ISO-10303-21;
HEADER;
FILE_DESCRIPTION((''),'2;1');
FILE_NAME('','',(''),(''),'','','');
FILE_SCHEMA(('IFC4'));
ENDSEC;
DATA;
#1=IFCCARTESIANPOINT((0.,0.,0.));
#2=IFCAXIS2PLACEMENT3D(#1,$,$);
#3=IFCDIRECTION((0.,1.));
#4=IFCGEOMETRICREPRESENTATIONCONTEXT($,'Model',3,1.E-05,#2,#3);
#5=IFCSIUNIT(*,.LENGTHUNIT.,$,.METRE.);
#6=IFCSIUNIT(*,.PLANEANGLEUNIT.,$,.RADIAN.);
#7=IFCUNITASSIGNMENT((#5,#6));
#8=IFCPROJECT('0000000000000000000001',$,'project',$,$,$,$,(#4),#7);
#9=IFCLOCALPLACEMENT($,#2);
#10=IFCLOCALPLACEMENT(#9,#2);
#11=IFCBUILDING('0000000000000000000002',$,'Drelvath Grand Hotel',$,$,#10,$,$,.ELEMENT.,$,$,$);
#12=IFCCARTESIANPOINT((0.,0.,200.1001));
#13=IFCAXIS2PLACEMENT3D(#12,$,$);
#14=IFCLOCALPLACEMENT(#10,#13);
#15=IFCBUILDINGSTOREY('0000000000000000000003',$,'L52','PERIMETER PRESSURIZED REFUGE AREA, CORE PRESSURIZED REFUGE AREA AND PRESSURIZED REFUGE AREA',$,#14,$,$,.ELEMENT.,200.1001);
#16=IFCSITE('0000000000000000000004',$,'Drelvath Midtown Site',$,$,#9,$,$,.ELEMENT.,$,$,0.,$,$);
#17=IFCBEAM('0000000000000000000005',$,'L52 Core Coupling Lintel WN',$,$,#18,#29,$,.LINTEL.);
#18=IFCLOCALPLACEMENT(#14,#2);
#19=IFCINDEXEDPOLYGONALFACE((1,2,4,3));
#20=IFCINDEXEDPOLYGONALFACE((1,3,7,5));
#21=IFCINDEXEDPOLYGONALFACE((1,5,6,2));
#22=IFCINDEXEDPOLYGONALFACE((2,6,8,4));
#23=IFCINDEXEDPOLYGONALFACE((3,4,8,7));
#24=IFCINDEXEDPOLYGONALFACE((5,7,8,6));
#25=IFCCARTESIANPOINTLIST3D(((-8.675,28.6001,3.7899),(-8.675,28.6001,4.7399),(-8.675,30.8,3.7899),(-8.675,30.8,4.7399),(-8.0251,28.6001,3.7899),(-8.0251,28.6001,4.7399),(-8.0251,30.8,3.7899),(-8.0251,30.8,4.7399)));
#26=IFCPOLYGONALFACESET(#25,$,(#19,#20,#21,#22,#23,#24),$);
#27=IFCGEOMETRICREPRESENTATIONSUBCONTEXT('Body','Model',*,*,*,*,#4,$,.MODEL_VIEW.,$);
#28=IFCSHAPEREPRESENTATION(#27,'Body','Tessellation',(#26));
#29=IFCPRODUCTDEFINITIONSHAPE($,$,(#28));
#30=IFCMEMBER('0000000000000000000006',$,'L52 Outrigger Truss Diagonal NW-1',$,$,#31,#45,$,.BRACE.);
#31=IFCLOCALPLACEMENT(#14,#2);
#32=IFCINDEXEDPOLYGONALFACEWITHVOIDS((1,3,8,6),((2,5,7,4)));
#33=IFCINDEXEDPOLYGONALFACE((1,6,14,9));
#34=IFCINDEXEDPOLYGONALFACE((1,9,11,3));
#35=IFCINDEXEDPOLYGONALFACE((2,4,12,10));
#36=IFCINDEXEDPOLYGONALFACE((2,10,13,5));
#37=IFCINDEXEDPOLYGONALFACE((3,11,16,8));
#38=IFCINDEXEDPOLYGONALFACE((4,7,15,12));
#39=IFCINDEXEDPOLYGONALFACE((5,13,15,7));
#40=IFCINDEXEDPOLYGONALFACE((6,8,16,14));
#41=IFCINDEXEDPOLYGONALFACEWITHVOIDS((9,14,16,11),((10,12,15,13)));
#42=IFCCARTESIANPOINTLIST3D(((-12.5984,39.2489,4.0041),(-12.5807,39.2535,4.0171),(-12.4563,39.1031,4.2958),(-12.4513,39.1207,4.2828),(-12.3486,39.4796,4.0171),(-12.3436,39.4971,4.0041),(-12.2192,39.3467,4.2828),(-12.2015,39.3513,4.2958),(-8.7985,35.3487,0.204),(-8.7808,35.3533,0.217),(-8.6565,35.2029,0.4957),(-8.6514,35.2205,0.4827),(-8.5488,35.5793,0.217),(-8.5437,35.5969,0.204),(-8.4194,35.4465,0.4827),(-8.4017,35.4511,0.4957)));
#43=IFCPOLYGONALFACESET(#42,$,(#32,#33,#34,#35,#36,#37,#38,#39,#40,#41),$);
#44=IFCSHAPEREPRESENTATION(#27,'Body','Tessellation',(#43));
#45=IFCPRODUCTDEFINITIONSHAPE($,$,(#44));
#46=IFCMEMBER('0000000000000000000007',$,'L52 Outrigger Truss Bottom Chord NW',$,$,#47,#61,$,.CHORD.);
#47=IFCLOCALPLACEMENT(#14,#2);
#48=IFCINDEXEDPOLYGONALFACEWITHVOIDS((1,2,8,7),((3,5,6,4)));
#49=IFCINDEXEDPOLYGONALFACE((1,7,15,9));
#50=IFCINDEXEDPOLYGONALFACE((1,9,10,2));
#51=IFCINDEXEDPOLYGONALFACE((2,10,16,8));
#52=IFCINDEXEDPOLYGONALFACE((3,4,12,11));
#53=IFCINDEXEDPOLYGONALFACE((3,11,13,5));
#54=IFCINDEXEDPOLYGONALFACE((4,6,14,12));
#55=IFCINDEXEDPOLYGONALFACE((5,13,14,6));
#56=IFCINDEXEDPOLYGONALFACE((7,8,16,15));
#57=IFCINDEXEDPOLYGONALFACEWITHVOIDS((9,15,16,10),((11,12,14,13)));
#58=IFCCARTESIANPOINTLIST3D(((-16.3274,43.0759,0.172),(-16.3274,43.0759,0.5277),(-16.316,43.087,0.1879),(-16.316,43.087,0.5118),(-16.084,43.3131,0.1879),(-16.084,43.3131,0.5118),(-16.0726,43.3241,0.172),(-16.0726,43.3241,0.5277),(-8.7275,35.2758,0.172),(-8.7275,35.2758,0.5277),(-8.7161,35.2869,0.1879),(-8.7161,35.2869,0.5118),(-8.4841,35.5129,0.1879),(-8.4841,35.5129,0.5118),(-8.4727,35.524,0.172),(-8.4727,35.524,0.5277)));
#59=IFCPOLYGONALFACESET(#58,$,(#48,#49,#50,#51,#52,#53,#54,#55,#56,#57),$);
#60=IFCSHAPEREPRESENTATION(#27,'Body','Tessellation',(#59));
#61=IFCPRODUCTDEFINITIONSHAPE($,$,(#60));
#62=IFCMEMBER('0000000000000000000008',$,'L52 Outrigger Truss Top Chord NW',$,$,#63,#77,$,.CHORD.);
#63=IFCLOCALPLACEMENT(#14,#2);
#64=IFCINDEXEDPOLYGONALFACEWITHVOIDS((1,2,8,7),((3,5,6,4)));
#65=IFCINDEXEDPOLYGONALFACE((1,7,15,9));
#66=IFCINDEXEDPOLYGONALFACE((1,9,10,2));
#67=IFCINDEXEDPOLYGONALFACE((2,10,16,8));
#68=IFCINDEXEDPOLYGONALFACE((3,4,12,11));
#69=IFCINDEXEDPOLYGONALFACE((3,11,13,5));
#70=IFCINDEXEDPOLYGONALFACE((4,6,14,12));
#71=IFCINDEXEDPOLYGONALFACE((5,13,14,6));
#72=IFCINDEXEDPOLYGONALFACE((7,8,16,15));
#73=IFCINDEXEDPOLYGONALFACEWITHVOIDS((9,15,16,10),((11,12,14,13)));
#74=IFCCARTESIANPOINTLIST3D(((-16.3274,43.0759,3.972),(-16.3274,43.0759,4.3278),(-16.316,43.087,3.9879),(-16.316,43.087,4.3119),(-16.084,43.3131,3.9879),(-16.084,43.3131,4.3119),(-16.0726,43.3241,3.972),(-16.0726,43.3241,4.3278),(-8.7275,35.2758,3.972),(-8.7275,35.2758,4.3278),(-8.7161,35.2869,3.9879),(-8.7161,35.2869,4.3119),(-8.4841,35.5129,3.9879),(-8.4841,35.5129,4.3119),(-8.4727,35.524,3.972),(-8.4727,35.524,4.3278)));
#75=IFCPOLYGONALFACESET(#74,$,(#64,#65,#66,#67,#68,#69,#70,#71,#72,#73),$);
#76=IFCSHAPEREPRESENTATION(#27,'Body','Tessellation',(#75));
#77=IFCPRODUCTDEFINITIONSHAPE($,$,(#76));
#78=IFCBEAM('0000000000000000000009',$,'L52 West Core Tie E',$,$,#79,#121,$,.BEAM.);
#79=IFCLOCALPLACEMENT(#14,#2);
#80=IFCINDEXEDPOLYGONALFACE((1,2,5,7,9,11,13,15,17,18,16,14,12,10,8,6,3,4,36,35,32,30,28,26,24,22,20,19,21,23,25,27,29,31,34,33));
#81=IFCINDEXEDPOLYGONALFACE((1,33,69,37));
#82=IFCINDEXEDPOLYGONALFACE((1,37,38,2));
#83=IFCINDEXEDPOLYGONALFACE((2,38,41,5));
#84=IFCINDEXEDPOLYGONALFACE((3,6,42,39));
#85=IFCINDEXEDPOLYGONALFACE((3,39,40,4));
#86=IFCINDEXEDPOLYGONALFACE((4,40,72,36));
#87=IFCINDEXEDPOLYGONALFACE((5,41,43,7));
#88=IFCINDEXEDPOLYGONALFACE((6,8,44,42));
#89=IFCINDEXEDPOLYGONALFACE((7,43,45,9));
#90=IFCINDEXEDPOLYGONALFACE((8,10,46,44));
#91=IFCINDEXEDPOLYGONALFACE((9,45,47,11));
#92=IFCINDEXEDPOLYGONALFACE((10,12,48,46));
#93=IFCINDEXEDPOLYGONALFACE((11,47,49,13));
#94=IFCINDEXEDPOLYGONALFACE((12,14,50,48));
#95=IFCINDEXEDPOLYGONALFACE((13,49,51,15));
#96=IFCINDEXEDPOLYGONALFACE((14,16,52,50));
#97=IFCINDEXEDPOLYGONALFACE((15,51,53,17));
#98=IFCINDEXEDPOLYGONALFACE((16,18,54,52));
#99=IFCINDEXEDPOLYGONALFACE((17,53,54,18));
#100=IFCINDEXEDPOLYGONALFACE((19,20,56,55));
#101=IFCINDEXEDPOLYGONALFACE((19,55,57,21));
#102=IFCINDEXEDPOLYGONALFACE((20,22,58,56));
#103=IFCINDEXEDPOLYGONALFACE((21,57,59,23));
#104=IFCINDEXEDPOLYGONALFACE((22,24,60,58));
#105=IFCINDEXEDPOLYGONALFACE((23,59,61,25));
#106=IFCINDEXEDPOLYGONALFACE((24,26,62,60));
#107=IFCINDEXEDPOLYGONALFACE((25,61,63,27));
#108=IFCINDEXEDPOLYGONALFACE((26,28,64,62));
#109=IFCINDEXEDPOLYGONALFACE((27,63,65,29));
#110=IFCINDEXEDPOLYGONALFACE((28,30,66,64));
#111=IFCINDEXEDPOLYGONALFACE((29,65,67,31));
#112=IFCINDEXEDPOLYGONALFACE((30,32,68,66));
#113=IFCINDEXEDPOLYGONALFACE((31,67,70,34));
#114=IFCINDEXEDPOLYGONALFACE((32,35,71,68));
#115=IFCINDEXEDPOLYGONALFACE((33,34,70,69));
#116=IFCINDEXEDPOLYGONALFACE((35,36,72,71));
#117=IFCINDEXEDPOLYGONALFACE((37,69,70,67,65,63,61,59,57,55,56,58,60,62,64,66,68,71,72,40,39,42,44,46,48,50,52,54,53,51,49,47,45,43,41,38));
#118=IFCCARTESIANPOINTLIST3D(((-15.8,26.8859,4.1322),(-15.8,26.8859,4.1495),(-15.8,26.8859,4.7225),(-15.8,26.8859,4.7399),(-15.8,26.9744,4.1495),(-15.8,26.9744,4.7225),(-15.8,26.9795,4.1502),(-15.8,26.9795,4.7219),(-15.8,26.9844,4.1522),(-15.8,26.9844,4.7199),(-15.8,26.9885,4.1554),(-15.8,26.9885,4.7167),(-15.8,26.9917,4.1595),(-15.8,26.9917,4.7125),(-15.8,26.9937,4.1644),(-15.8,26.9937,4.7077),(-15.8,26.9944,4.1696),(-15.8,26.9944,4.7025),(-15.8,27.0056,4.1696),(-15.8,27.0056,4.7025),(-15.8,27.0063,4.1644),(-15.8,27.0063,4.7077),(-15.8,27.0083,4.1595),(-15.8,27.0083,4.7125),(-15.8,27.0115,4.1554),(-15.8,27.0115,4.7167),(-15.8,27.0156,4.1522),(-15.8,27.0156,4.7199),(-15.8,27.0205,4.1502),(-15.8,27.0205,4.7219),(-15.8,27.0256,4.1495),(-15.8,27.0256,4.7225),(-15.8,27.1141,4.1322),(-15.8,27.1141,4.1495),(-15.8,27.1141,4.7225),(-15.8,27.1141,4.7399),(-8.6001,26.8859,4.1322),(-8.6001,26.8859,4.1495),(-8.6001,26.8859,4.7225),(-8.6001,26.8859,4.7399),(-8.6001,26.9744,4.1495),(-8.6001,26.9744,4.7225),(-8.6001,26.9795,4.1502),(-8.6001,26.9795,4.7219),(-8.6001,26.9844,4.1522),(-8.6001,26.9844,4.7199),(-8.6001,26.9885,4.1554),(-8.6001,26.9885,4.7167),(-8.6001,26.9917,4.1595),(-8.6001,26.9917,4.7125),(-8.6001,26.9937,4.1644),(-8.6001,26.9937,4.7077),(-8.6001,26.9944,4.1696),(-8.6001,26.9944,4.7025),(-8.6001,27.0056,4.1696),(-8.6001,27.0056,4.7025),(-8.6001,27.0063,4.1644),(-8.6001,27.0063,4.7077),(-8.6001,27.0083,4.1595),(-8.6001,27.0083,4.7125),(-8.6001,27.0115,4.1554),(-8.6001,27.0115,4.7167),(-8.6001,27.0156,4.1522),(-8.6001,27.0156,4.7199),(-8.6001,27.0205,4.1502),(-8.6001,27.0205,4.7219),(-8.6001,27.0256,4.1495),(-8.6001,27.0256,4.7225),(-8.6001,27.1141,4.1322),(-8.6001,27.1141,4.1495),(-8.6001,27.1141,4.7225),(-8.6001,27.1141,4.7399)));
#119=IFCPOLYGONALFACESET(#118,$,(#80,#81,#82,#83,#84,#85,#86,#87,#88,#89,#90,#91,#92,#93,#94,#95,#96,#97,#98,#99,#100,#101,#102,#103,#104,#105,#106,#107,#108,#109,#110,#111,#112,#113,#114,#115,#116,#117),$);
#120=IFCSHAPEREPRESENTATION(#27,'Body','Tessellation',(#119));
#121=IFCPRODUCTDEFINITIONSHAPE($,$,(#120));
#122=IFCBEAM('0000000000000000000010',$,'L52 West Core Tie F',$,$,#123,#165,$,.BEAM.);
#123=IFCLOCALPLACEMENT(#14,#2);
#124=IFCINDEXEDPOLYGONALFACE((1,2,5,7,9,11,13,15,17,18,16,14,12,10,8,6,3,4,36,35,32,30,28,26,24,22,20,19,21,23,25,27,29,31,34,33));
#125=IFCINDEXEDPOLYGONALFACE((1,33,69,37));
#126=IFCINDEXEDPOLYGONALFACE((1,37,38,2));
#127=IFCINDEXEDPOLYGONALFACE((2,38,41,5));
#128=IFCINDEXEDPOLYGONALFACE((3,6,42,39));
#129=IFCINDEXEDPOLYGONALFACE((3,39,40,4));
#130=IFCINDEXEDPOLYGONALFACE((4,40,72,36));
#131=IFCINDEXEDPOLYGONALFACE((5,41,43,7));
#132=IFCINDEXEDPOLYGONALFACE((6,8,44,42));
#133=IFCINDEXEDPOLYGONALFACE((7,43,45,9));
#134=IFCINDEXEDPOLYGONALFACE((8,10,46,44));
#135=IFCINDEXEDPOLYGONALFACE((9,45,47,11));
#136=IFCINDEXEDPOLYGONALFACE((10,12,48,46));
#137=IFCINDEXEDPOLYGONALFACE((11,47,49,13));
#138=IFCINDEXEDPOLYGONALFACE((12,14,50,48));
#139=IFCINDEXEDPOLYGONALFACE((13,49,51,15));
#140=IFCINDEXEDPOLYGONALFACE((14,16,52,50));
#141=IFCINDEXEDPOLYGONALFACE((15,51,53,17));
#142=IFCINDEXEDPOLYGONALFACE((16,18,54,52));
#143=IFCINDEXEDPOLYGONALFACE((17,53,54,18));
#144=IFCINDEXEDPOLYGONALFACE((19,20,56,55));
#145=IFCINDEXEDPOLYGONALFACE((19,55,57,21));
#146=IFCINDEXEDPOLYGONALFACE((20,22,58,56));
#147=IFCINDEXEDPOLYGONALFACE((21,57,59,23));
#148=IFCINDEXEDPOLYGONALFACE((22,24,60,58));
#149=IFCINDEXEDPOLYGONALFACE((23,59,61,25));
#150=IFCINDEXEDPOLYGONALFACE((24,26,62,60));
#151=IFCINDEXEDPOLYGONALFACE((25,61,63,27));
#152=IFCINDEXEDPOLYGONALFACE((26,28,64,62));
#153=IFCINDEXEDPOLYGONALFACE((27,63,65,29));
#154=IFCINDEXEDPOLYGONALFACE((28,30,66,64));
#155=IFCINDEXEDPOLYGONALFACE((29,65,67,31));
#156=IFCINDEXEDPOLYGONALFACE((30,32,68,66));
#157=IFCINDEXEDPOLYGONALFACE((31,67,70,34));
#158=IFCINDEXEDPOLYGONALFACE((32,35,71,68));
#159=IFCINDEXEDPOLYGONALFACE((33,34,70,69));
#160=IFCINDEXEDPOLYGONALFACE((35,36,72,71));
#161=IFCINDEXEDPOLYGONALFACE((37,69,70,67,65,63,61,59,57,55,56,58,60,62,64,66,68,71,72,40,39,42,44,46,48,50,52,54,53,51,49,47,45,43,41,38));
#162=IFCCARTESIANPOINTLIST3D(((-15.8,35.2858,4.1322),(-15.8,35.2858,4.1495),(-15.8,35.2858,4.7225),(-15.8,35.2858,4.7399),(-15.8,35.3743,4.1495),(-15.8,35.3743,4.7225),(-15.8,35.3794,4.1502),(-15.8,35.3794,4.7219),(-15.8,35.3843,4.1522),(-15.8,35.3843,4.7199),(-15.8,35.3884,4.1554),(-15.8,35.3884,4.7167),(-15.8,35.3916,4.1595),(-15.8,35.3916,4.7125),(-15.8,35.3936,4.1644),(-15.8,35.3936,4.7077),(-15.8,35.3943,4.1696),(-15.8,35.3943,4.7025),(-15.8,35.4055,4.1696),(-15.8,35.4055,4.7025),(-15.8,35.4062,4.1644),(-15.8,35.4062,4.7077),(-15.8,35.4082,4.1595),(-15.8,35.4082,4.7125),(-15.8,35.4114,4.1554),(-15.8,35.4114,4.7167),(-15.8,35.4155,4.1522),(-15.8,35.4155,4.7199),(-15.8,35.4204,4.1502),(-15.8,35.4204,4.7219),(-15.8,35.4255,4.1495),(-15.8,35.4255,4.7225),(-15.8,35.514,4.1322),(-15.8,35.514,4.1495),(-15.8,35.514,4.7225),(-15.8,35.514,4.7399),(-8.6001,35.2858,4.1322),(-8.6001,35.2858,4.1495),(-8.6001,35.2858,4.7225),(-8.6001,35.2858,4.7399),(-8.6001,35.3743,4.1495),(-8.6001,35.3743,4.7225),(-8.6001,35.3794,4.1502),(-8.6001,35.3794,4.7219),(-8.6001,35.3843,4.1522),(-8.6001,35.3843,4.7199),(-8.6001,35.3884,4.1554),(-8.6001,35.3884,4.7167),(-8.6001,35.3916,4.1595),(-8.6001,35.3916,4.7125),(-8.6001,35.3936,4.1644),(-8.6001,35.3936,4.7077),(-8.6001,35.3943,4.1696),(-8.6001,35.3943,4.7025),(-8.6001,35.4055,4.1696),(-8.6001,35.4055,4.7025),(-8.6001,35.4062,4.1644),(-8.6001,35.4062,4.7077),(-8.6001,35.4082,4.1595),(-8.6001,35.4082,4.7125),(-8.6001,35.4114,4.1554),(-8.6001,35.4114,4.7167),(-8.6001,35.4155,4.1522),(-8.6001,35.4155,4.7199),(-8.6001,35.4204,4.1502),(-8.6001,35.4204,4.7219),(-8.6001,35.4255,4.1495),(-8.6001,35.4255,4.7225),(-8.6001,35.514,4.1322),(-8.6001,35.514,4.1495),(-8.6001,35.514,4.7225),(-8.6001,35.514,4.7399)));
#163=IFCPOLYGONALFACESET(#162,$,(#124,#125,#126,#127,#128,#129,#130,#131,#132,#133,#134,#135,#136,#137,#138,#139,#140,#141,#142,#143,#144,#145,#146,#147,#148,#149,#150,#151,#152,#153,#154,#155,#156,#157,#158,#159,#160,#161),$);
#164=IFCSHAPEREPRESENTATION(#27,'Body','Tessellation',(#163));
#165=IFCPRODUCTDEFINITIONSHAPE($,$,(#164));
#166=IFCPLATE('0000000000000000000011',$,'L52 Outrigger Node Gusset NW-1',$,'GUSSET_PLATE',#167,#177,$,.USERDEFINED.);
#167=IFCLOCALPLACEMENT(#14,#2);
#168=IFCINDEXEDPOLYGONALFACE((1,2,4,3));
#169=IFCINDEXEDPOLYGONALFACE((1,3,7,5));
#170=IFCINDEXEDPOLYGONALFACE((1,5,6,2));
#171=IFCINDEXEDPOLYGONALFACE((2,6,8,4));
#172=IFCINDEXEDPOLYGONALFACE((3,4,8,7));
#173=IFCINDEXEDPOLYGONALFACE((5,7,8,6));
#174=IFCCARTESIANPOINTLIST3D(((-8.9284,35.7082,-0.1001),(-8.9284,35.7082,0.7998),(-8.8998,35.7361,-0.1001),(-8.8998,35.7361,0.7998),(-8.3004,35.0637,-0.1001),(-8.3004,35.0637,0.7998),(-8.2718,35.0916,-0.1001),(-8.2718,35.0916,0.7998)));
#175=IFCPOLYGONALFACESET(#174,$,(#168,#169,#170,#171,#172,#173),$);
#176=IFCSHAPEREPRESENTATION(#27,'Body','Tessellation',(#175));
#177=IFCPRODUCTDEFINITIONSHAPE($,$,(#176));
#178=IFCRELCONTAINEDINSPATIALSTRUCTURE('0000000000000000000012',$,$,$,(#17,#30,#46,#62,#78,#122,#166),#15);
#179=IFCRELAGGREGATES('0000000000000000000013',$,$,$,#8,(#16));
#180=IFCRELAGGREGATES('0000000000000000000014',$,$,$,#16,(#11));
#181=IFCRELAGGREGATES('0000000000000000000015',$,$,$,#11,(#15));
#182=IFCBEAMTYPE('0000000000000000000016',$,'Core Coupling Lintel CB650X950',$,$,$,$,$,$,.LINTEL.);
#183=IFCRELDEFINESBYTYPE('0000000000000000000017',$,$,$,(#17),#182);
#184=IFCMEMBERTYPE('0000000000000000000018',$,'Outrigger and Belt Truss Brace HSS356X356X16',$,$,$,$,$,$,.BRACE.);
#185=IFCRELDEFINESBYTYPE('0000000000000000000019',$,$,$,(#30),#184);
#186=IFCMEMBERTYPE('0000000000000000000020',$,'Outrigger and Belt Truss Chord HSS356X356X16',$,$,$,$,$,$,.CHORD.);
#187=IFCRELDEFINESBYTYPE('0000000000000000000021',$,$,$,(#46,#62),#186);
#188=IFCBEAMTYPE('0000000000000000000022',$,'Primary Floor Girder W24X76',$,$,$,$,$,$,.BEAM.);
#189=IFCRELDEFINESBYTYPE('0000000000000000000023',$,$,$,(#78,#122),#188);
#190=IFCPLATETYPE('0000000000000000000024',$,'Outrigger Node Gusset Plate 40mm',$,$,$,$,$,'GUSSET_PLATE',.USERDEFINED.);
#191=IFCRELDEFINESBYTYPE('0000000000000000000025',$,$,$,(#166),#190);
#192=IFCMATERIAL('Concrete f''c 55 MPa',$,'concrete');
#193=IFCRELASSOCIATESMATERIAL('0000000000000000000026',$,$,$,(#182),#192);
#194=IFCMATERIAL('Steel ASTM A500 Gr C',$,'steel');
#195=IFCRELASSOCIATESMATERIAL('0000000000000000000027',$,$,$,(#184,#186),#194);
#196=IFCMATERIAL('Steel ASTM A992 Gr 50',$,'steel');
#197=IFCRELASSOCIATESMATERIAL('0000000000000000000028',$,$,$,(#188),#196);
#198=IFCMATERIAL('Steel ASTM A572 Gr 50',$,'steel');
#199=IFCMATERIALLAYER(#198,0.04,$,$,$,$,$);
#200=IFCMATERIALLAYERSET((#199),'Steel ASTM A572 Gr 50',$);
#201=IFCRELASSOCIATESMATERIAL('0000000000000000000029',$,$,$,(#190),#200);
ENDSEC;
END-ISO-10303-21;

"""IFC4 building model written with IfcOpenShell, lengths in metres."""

from ifc_helpers import new_model, si_unit, direction, frame, origin, origin_2d, place, context, subcontext, project, spatial, rectangle, hollow_rectangle, i_section, extrude, material, layer, layer_set, material_profile, profile_set, type_object, element, save


model = new_model("IFC4")

# Units and contexts
model_context = context("Model", 3, precision=1e-05, world=origin(), true_north=direction((0.0, 1.0)))
body_context = subcontext(model_context, "Body", "Model", "MODEL_VIEW")
ifc_project = project(units=[si_unit("LENGTHUNIT", "METRE"), si_unit("PLANEANGLEUNIT", "RADIAN")], contexts=[model_context])

# Site, building, storey
site_placement = place(None, origin())
site = spatial("IfcSite", under=ifc_project, at=site_placement, Name="Drelvath Midtown Site", CompositionType="ELEMENT", RefElevation=0.0)
building_placement = place(site_placement, origin())
building = spatial("IfcBuilding", under=site, at=building_placement, Name="Drelvath Grand Hotel", CompositionType="ELEMENT")
storey_placement = place(building_placement, frame((0.0, 0.0, 200.1001)))
storey = spatial("IfcBuildingStorey", under=building, at=storey_placement, Name="L52", Description="PERIMETER PRESSURIZED REFUGE AREA, CORE PRESSURIZED REFUGE AREA AND PRESSURIZED REFUGE AREA", CompositionType="ELEMENT", Elevation=200.1001)

# Beam
ifc_material_1 = material(Name="Concrete f'c 55 MPa", Category="concrete")
ifc_material_profile_1 = material_profile(ifc_material_1, rectangle(XDim=0.6499, YDim=0.95, at=origin_2d()), Name="CB650X950")
ifc_profile_set_1 = profile_set([ifc_material_profile_1], Name="Concrete f'c 55 MPa")
beam_type_1 = type_object("IfcBeamType", Name="Core Coupling Lintel CB650X950", PredefinedType="LINTEL", material=ifc_profile_set_1)
beam_placement = place(storey_placement, frame((-8.3501, 28.6001, 4.2649), z_axis=(0.0, 1.0, 0.0), x_axis=(-1.0, 0.0, 0.0)))
element("IfcBeam", 1, at=beam_placement, inside=storey, type_object=beam_type_1, Name="L52 Core Coupling Lintel WN", PredefinedType="LINTEL", context=body_context, shape_type="SweptSolid", body=[
    extrude(rectangle(XDim=0.6499, YDim=0.95, at=origin_2d()), origin(), (0.0, 0.0, 1.0), 2.2),
])

# Members
ifc_material_2 = material(Name="Steel ASTM A500 Gr C", Category="steel")
ifc_material_profile_2 = material_profile(ifc_material_2, hollow_rectangle(XDim=0.3557, YDim=0.3557, WallThickness=0.0159, at=origin_2d()), Name="HSS356X356X16")
ifc_profile_set_2 = profile_set([ifc_material_profile_2], Name="Steel ASTM A500 Gr C")
member_type_1 = type_object("IfcMemberType", Name="Outrigger and Belt Truss Brace HSS356X356X16", PredefinedType="BRACE", material=ifc_profile_set_2)
member_placement = place(storey_placement, frame((-8.6001, 35.3999, 0.3499), z_axis=(-0.572257, 0.587369, 0.572294), x_axis=(-0.716261, -0.697833, 0.0)))
element("IfcMember", 2, at=member_placement, inside=storey, type_object=member_type_1, Name="L52 Outrigger Truss Diagonal NW-1", PredefinedType="BRACE", context=body_context, shape_type="SweptSolid", body=[
    extrude(hollow_rectangle(XDim=0.3557, YDim=0.3557, WallThickness=0.0159, at=origin_2d()), origin(), (0.0, 0.0, 1.0), 6.6401),
])
ifc_material_profile_3 = material_profile(ifc_material_2, hollow_rectangle(XDim=0.3557, YDim=0.3557, WallThickness=0.0159, at=origin_2d()), Name="HSS356X356X16")
ifc_profile_set_3 = profile_set([ifc_material_profile_3], Name="Steel ASTM A500 Gr C")
member_type_2 = type_object("IfcMemberType", Name="Outrigger and Belt Truss Chord HSS356X356X16", PredefinedType="CHORD", material=ifc_profile_set_3)
for number, where, z_axis, x_axis, name in (
    (3, (-8.6001, 35.3999, 0.3499), (-0.697856, 0.716238, 0.0), (-0.716238, -0.697856, 0.0), "L52 Outrigger Truss Bottom Chord NW"),
    (4, (-8.6001, 35.3999, 4.1499), (-0.697856, 0.716238, 0.0), (-0.716238, -0.697856, 0.0), "L52 Outrigger Truss Top Chord NW"),
):
    element("IfcMember", number, at=place(storey_placement, frame(where, z_axis=z_axis, x_axis=x_axis)), inside=storey, type_object=member_type_2, Name=name, PredefinedType="CHORD", context=body_context, shape_type="SweptSolid", body=[
        extrude(hollow_rectangle(XDim=0.3557, YDim=0.3557, WallThickness=0.0159, at=origin_2d()), origin(), (0.0, 0.0, 1.0), 10.8904),
    ])

# Beams
ifc_material_3 = material(Name="Steel ASTM A992 Gr 50", Category="steel")
ifc_material_profile_4 = material_profile(ifc_material_3, i_section(OverallWidth=0.2283, OverallDepth=0.6077, WebThickness=0.0112, FlangeThickness=0.0173, FilletRadius=0.02, at=origin_2d()), Name="W24X76")
ifc_profile_set_4 = profile_set([ifc_material_profile_4], Name="Steel ASTM A992 Gr 50")
beam_type_2 = type_object("IfcBeamType", Name="Primary Floor Girder W24X76", PredefinedType="BEAM", material=ifc_profile_set_4)
for number, where, z_axis, x_axis, name in (
    (5, (-15.8, 27.0, 4.436), (1.0, 0.0, 0.0), (0.0, 1.0, 0.0), "L52 West Core Tie E"),
    (6, (-15.8, 35.3999, 4.436), (1.0, 0.0, 0.0), (0.0, 1.0, 0.0), "L52 West Core Tie F"),
):
    element("IfcBeam", number, at=place(storey_placement, frame(where, z_axis=z_axis, x_axis=x_axis)), inside=storey, type_object=beam_type_2, Name=name, PredefinedType="BEAM", context=body_context, shape_type="SweptSolid", body=[
        extrude(i_section(OverallWidth=0.2283, OverallDepth=0.6077, WebThickness=0.0112, FlangeThickness=0.0173, FilletRadius=0.02, at=origin_2d()), origin(), (0.0, 0.0, 1.0), 7.2),
    ])

# Plate
ifc_material_4 = material(Name="Steel ASTM A572 Gr 50", Category="steel")
ifc_layer_1 = layer(ifc_material_4, 0.04)
ifc_layer_set_1 = layer_set([ifc_layer_1], Name="Steel ASTM A572 Gr 50")
plate_type = type_object("IfcPlateType", Name="Outrigger Node Gusset Plate 40mm", ElementType="GUSSET_PLATE", PredefinedType="USERDEFINED", material=ifc_layer_set_1)
plate_placement = place(storey_placement, frame((-8.6001, 35.3999, -0.1001), z_axis=(0.0, 0.0, 1.0), x_axis=(-0.697865, 0.71623, 0.0)))
element("IfcPlate", 7, at=plate_placement, inside=storey, type_object=plate_type, Name="L52 Outrigger Node Gusset NW-1", ObjectType="GUSSET_PLATE", PredefinedType="USERDEFINED", context=body_context, shape_type="SweptSolid", body=[
    extrude(rectangle(XDim=0.8999, YDim=0.04, at=origin_2d()), origin(), (0.0, 0.0, 1.0), 0.8999),
])

save(model, "model.ifc")
